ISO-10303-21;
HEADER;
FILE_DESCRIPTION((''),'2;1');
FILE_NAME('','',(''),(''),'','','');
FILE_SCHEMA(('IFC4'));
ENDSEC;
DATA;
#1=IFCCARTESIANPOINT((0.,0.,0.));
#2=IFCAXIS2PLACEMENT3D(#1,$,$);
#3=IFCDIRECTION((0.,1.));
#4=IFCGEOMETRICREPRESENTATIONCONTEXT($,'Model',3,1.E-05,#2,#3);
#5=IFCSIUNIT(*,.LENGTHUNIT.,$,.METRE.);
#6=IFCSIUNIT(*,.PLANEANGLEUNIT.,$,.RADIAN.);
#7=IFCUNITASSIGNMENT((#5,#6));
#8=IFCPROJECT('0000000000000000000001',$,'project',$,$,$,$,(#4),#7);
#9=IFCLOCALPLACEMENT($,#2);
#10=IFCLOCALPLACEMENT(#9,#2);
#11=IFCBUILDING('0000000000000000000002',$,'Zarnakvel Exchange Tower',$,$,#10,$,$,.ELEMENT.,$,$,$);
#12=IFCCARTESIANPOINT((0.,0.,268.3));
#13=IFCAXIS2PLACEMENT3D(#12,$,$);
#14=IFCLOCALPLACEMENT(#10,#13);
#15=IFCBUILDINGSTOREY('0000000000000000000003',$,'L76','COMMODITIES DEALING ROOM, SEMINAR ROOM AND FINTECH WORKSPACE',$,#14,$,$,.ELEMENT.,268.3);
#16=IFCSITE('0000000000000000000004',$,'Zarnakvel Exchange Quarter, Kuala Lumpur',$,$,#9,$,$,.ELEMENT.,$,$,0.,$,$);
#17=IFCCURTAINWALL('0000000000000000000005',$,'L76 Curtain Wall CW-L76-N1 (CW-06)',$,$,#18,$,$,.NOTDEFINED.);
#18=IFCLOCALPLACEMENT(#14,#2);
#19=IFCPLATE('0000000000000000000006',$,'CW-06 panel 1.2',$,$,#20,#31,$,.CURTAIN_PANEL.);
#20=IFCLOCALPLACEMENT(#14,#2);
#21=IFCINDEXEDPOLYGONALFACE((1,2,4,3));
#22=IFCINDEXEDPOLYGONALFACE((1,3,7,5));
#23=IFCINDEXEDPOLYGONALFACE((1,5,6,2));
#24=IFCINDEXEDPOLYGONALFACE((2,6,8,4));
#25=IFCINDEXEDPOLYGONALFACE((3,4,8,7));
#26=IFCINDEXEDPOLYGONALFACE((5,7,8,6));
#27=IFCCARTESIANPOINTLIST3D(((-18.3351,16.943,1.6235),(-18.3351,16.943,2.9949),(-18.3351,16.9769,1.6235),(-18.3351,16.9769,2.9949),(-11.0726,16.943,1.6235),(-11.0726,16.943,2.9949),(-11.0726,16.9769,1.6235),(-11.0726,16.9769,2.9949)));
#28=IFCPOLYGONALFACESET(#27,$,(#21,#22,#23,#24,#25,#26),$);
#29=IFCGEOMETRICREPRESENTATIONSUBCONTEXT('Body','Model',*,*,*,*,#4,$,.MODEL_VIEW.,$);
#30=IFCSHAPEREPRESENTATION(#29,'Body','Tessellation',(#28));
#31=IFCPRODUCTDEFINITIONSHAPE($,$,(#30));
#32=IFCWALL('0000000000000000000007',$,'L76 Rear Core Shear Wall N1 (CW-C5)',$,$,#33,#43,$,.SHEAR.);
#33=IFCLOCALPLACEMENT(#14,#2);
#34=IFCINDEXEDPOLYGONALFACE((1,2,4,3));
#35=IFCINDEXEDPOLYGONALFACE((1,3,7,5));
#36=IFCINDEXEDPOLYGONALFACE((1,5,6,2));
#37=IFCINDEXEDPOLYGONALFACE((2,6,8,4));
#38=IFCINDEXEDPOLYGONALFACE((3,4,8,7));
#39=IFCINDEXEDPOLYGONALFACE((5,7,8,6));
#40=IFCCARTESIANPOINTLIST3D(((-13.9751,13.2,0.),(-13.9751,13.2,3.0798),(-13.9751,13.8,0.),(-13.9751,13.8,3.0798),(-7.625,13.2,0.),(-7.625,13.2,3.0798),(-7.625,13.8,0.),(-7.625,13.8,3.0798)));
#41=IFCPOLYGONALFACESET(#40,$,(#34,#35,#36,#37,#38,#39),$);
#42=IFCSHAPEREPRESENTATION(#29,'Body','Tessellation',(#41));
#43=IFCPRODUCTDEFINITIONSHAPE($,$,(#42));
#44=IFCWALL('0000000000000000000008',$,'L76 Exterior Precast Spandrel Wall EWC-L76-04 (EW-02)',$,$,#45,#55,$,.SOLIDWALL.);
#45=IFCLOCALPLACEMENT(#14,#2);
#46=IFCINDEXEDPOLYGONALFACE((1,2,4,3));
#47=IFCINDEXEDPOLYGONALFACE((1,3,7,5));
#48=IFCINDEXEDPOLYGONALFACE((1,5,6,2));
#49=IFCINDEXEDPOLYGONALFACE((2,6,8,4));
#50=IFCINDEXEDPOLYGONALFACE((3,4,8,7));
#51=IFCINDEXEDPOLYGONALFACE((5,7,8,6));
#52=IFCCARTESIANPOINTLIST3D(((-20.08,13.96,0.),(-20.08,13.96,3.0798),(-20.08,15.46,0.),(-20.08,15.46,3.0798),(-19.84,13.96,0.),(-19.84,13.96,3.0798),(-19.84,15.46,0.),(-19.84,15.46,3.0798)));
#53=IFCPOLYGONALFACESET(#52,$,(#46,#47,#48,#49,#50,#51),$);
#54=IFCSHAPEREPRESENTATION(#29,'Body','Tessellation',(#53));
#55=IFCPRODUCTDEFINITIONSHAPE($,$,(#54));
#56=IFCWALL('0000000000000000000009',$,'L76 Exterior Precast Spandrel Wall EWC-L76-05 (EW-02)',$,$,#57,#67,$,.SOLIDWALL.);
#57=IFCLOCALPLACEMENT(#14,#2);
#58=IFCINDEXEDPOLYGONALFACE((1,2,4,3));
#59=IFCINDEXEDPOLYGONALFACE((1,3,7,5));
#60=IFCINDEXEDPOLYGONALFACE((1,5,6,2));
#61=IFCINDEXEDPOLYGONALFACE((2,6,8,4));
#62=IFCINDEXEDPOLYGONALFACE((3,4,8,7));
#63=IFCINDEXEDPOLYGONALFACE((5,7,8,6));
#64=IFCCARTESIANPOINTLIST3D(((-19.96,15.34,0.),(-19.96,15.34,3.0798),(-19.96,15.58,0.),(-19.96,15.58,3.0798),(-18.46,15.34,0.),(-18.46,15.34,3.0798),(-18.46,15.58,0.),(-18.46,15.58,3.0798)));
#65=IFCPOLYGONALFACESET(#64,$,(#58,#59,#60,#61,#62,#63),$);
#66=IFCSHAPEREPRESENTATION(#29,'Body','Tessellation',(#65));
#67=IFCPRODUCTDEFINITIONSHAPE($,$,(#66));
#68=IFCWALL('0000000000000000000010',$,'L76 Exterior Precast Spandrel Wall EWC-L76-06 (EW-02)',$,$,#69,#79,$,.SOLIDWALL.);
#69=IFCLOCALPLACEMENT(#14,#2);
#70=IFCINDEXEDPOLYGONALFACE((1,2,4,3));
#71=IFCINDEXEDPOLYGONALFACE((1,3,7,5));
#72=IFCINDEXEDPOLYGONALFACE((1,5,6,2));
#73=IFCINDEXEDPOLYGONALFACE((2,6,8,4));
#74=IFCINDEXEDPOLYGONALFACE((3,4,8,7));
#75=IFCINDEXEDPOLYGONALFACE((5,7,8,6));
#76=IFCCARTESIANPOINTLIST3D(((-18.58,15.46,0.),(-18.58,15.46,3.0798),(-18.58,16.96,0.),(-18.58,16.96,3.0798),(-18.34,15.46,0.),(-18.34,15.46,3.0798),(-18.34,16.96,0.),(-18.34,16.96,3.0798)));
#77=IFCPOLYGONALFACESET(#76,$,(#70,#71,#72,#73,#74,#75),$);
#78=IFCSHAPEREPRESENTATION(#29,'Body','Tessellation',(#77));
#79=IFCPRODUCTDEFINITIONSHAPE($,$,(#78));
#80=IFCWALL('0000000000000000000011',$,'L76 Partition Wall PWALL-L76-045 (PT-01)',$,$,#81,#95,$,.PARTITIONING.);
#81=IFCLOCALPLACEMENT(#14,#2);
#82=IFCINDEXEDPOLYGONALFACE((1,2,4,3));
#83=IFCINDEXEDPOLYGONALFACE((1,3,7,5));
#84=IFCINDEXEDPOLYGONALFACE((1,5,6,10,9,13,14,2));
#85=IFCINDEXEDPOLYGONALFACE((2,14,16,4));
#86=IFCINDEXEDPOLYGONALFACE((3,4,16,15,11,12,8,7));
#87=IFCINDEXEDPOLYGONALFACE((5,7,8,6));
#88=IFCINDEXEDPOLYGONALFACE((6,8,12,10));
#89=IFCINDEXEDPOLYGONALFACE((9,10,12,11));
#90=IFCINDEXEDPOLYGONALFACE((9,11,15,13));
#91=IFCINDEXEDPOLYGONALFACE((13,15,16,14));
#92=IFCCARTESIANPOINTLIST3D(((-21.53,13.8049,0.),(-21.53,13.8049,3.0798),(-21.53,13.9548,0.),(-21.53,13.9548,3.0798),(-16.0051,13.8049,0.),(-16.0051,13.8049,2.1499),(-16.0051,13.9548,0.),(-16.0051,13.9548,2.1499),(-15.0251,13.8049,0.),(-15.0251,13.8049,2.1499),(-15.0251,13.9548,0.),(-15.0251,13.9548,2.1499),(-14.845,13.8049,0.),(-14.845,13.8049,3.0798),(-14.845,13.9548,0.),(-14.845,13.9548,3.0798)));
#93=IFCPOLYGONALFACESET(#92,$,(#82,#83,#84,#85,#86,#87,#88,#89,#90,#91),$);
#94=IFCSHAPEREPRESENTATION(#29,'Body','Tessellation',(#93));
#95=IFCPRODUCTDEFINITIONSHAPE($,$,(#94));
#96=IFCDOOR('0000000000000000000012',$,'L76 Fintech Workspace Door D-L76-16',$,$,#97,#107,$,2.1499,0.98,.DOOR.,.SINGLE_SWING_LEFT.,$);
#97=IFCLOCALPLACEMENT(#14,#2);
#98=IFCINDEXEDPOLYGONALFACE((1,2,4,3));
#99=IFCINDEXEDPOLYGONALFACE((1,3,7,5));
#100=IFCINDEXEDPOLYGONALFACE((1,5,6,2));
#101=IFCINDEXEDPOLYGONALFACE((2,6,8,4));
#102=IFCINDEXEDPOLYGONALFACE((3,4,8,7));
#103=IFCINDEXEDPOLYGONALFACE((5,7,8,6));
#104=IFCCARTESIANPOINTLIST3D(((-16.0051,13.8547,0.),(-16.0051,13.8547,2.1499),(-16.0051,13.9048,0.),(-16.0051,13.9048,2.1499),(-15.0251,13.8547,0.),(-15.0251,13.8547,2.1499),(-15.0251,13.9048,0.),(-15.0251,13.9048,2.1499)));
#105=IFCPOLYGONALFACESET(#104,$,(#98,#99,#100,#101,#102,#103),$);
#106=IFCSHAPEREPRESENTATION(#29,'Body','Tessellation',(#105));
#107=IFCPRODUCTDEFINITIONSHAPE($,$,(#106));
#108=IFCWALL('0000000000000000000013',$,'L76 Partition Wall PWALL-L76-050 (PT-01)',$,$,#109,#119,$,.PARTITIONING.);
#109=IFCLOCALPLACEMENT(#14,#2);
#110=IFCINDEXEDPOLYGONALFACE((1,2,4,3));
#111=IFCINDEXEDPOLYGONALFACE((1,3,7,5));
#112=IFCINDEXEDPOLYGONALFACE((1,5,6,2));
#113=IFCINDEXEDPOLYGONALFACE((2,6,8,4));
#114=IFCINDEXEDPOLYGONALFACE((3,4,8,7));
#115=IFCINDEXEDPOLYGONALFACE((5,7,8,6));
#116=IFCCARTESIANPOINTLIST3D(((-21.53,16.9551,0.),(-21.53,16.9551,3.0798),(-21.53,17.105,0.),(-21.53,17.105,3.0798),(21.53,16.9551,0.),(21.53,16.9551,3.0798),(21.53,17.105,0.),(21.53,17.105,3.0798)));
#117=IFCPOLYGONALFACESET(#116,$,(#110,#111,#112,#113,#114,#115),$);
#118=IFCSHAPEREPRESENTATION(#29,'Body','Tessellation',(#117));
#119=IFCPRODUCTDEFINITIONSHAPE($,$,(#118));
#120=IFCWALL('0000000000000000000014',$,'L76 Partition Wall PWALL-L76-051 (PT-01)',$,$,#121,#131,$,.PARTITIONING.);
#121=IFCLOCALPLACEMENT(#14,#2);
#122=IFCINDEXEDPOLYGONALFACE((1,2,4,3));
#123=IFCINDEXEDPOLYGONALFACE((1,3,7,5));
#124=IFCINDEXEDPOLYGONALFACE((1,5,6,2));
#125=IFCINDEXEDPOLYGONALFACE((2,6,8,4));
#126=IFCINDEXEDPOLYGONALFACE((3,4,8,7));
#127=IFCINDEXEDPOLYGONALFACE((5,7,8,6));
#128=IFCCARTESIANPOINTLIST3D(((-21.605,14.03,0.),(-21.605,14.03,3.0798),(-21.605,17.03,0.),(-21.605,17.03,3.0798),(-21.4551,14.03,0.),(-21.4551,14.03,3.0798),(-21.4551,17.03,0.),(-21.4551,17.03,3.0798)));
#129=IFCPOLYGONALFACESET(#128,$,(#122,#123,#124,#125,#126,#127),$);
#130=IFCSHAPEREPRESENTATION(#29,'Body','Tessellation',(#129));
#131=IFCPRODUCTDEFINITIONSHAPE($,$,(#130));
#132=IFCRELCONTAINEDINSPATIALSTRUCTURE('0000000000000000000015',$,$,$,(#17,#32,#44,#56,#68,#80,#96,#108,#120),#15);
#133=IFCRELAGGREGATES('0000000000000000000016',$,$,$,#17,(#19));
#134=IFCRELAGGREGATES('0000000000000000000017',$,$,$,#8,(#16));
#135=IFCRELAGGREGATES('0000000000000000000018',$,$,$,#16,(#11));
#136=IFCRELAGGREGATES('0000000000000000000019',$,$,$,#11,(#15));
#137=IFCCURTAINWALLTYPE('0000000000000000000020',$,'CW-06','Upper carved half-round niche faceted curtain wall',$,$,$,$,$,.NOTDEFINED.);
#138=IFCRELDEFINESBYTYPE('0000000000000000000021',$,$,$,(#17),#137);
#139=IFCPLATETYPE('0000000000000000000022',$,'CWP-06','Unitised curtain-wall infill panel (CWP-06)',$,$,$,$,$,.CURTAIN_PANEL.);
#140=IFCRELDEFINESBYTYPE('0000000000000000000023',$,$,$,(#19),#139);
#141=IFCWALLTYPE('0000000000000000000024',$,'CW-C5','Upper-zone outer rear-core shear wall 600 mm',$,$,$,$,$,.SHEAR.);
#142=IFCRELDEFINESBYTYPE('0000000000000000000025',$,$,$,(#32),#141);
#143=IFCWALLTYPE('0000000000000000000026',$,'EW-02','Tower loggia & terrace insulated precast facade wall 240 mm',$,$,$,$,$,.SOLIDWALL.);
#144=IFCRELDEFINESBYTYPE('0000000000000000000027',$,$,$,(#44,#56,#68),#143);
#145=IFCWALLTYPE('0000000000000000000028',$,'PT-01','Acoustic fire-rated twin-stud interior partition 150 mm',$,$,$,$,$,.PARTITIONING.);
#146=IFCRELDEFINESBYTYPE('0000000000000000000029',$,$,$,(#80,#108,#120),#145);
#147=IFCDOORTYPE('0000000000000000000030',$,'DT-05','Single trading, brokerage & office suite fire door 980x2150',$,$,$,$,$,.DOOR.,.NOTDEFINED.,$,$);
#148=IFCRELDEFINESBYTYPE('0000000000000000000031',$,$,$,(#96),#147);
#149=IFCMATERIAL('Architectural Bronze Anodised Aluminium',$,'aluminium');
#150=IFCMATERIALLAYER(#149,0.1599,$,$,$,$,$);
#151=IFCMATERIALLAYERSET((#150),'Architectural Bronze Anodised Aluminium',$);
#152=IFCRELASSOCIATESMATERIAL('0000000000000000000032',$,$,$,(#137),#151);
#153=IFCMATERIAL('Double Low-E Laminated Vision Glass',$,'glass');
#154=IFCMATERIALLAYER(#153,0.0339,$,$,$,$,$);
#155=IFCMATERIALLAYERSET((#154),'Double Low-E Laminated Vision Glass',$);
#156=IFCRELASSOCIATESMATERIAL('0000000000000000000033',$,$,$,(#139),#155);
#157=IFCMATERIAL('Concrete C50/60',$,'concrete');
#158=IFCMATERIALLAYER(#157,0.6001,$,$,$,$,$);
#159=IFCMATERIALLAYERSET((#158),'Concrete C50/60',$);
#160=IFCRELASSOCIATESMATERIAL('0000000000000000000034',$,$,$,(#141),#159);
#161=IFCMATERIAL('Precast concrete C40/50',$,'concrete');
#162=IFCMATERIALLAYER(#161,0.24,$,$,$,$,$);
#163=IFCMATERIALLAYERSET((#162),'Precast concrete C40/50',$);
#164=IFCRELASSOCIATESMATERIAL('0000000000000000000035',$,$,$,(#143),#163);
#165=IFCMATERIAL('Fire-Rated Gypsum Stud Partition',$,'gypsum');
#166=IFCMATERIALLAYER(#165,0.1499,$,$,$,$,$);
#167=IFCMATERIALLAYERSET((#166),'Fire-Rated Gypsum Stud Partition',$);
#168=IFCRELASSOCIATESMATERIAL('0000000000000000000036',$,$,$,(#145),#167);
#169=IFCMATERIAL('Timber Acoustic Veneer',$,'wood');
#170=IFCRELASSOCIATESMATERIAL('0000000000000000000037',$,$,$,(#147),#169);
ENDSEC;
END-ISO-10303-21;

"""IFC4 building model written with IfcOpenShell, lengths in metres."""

from ifc_helpers import new_model, si_unit, direction, frame, frame_2d, origin, origin_2d, place, context, subcontext, project, spatial, rectangle, extrude, source, transform, mapped, material, layer, layer_set, type_object, element, fill, aggregate, save


model = new_model("IFC4")

# Units and contexts
model_context = context("Model", 3, precision=1e-05, world=origin(), true_north=direction((0.0, 1.0)))
body_context = subcontext(model_context, "Body", "Model", "MODEL_VIEW")
ifc_project = project(units=[si_unit("LENGTHUNIT", "METRE"), si_unit("PLANEANGLEUNIT", "RADIAN")], contexts=[model_context])

# Site, building, storey
site_placement = place(None, origin())
site = spatial("IfcSite", under=ifc_project, at=site_placement, Name="Zarnakvel Exchange Quarter, Kuala Lumpur", CompositionType="ELEMENT", RefElevation=0.0)
building_placement = place(site_placement, origin())
building = spatial("IfcBuilding", under=site, at=building_placement, Name="Zarnakvel Exchange Tower", CompositionType="ELEMENT")
storey_placement = place(building_placement, frame((0.0, 0.0, 268.3)))
storey = spatial("IfcBuildingStorey", under=building, at=storey_placement, Name="L76", Description="COMMODITIES DEALING ROOM, SEMINAR ROOM AND FINTECH WORKSPACE", CompositionType="ELEMENT", Elevation=268.3)

# Shared definitions
ifc_material_1 = material(Name="Concrete C50/60", Category="concrete")

# Curtain wall
ifc_material_2 = material(Name="Architectural Bronze Anodised Aluminium", Category="aluminium")
ifc_layer_1 = layer(ifc_material_2, 0.1599)
ifc_layer_set_1 = layer_set([ifc_layer_1], Name="Architectural Bronze Anodised Aluminium")
curtain_wall_type_1 = type_object("IfcCurtainWallType", Name="CW-06", Description="Upper carved half-round niche faceted curtain wall", PredefinedType="NOTDEFINED", material=ifc_layer_set_1)
curtain_wall_1_placement = place(storey_placement, origin())
curtain_wall_1 = element("IfcCurtainWall", 1, at=curtain_wall_1_placement, inside=storey, type_object=curtain_wall_type_1, Name="L76 Curtain Wall CW-L76-N1 (CW-06)", PredefinedType="NOTDEFINED")

# Plate
ifc_material_3 = material(Name="Double Low-E Laminated Vision Glass", Category="glass")
ifc_layer_2 = layer(ifc_material_3, 0.0339)
ifc_layer_set_2 = layer_set([ifc_layer_2], Name="Double Low-E Laminated Vision Glass")
plate_type = type_object("IfcPlateType", Name="CWP-06", Description="Unitised curtain-wall infill panel (CWP-06)", PredefinedType="CURTAIN_PANEL", material=ifc_layer_set_2)
shared_shape_1 = source(origin(), body_context, "Body", "SweptSolid", [
    extrude(rectangle(XDim=7.2625, YDim=0.0339, at=origin_2d()), origin(), (0.0, 0.0, 1.0), 1.3713),
])
plate_1_placement = place(storey_placement, frame((-14.7039, 16.96, 1.6235), z_axis=(0.0, 0.0, 1.0), x_axis=(1.0, 0.0, 0.0)))
plate_1 = element("IfcPlate", 2, at=plate_1_placement, type_object=plate_type, Name="CW-06 panel 1.2", PredefinedType="CURTAIN_PANEL", context=body_context, shape_type="MappedRepresentation", body=[
    mapped(shared_shape_1, transform((0.0, 0.0, 0.0), x_axis=(1.0, 0.0, 0.0), y_axis=(0.0, 1.0, 0.0), z_axis=(0.0, 0.0, 1.0), scale=1.0)),
])
aggregate(curtain_wall_1, [plate_1])

# Walls
ifc_layer_3 = layer(ifc_material_1, 0.6001)
ifc_layer_set_3 = layer_set([ifc_layer_3], Name="Concrete C50/60")
wall_type_1 = type_object("IfcWallType", Name="CW-C5", Description="Upper-zone outer rear-core shear wall 600 mm", PredefinedType="SHEAR", material=ifc_layer_set_3)
wall_1_placement = place(storey_placement, frame((-13.9751, 13.5, 0.0), z_axis=(0.0, 0.0, 1.0), x_axis=(1.0, 0.0, 0.0)))
element("IfcWall", 3, at=wall_1_placement, inside=storey, type_object=wall_type_1, Name="L76 Rear Core Shear Wall N1 (CW-C5)", PredefinedType="SHEAR", context=body_context, shape_type="SweptSolid", body=[
    extrude(rectangle(XDim=6.3501, YDim=0.6001, at=frame_2d((3.175, 0.0))), origin(), (0.0, 0.0, 1.0), 3.0798),
])
ifc_material_4 = material(Name="Precast concrete C40/50", Category="concrete")
ifc_layer_4 = layer(ifc_material_4, 0.24)
ifc_layer_set_4 = layer_set([ifc_layer_4], Name="Precast concrete C40/50")
wall_type_2 = type_object("IfcWallType", Name="EW-02", Description="Tower loggia & terrace insulated precast facade wall 240 mm", PredefinedType="SOLIDWALL", material=ifc_layer_set_4)
for number, where, z_axis, x_axis, name in (
    (4, (-19.96, 15.46, 0.0), (0.0, 0.0, 1.0), (0.0, -1.0, 0.0), "L76 Exterior Precast Spandrel Wall EWC-L76-04 (EW-02)"),
    (5, (-18.46, 15.46, 0.0), (0.0, 0.0, 1.0), (-1.0, 0.0, 0.0), "L76 Exterior Precast Spandrel Wall EWC-L76-05 (EW-02)"),
    (6, (-18.46, 16.96, 0.0), (0.0, 0.0, 1.0), (0.0, -1.0, 0.0), "L76 Exterior Precast Spandrel Wall EWC-L76-06 (EW-02)"),
):
    element("IfcWall", number, at=place(storey_placement, frame(where, z_axis=z_axis, x_axis=x_axis)), inside=storey, type_object=wall_type_2, Name=name, PredefinedType="SOLIDWALL", context=body_context, shape_type="SweptSolid", body=[
        extrude(rectangle(XDim=1.5, YDim=0.24, at=frame_2d((0.75, 0.0))), origin(), (0.0, 0.0, 1.0), 3.0798),
    ])

# Wall, opening, door
ifc_material_5 = material(Name="Fire-Rated Gypsum Stud Partition", Category="gypsum")
ifc_layer_5 = layer(ifc_material_5, 0.1499)
ifc_layer_set_5 = layer_set([ifc_layer_5], Name="Fire-Rated Gypsum Stud Partition")
wall_type_3 = type_object("IfcWallType", Name="PT-01", Description="Acoustic fire-rated twin-stud interior partition 150 mm", PredefinedType="PARTITIONING", material=ifc_layer_set_5)
wall_2_placement = place(storey_placement, frame((-21.53, 13.8799, 0.0), z_axis=(0.0, 0.0, 1.0), x_axis=(1.0, 0.0, 0.0)))
wall_2 = element("IfcWall", 7, at=wall_2_placement, inside=storey, type_object=wall_type_3, Name="L76 Partition Wall PWALL-L76-045 (PT-01)", PredefinedType="PARTITIONING", context=body_context, shape_type="SweptSolid", body=[
    extrude(rectangle(XDim=6.6851, YDim=0.1499, at=frame_2d((3.3425, 0.0))), origin(), (0.0, 0.0, 1.0), 3.0798),
])
opening_placement = place(wall_2_placement, frame((5.5249, 0.0, 0.0)))
opening = element("IfcOpeningElement", 8, at=opening_placement, cuts=wall_2, PredefinedType="OPENING", context=body_context, shape_type="SweptSolid", body=[
    extrude(rectangle(XDim=0.98, YDim=2.1499, at=frame_2d((0.49, 1.075))), frame((0.0, 0.085, 0.0), z_axis=(0.0, -1.0, 0.0), x_axis=(1.0, 0.0, 0.0)), (0.0, 0.0, 1.0), 0.1699),
])
ifc_material_6 = material(Name="Timber Acoustic Veneer", Category="wood")
door_type = type_object("IfcDoorType", Name="DT-05", Description="Single trading, brokerage & office suite fire door 980x2150", OperationType="NOTDEFINED", PredefinedType="DOOR", material=ifc_material_6)
shared_shape_2 = source(origin(), body_context, "Body", "SweptSolid", [
    extrude(rectangle(XDim=0.98, YDim=2.1499, at=frame_2d((0.49, 1.075))), frame((0.0, 0.0249, 0.0), z_axis=(0.0, -1.0, 0.0), x_axis=(1.0, 0.0, 0.0)), (0.0, 0.0, 1.0), 0.05),
])
door_placement = place(opening_placement, origin())
door = element("IfcDoor", 9, at=door_placement, inside=storey, type_object=door_type, Name="L76 Fintech Workspace Door D-L76-16", OperationType="SINGLE_SWING_LEFT", OverallHeight=2.1499, OverallWidth=0.98, PredefinedType="DOOR", context=body_context, shape_type="MappedRepresentation", body=[
    mapped(shared_shape_2, transform((0.0, 0.0, 0.0), x_axis=(1.0, 0.0, 0.0), y_axis=(0.0, 1.0, 0.0), z_axis=(0.0, 0.0, 1.0), scale=1.0)),
])
fill(opening, door)

# Walls
wall_3_placement = place(storey_placement, frame((-21.53, 17.03, 0.0), z_axis=(0.0, 0.0, 1.0), x_axis=(1.0, 0.0, 0.0)))
element("IfcWall", 10, at=wall_3_placement, inside=storey, type_object=wall_type_3, Name="L76 Partition Wall PWALL-L76-050 (PT-01)", PredefinedType="PARTITIONING", context=body_context, shape_type="SweptSolid", body=[
    extrude(rectangle(XDim=43.0601, YDim=0.1499, at=frame_2d((21.53, 0.0))), origin(), (0.0, 0.0, 1.0), 3.0798),
])
wall_4_placement = place(storey_placement, frame((-21.53, 14.03, 0.0), z_axis=(0.0, 0.0, 1.0), x_axis=(0.0, 1.0, 0.0)))
element("IfcWall", 11, at=wall_4_placement, inside=storey, type_object=wall_type_3, Name="L76 Partition Wall PWALL-L76-051 (PT-01)", PredefinedType="PARTITIONING", context=body_context, shape_type="SweptSolid", body=[
    extrude(rectangle(XDim=3.0, YDim=0.1499, at=frame_2d((1.5, 0.0))), origin(), (0.0, 0.0, 1.0), 3.0798),
])

save(model, "model.ifc")
